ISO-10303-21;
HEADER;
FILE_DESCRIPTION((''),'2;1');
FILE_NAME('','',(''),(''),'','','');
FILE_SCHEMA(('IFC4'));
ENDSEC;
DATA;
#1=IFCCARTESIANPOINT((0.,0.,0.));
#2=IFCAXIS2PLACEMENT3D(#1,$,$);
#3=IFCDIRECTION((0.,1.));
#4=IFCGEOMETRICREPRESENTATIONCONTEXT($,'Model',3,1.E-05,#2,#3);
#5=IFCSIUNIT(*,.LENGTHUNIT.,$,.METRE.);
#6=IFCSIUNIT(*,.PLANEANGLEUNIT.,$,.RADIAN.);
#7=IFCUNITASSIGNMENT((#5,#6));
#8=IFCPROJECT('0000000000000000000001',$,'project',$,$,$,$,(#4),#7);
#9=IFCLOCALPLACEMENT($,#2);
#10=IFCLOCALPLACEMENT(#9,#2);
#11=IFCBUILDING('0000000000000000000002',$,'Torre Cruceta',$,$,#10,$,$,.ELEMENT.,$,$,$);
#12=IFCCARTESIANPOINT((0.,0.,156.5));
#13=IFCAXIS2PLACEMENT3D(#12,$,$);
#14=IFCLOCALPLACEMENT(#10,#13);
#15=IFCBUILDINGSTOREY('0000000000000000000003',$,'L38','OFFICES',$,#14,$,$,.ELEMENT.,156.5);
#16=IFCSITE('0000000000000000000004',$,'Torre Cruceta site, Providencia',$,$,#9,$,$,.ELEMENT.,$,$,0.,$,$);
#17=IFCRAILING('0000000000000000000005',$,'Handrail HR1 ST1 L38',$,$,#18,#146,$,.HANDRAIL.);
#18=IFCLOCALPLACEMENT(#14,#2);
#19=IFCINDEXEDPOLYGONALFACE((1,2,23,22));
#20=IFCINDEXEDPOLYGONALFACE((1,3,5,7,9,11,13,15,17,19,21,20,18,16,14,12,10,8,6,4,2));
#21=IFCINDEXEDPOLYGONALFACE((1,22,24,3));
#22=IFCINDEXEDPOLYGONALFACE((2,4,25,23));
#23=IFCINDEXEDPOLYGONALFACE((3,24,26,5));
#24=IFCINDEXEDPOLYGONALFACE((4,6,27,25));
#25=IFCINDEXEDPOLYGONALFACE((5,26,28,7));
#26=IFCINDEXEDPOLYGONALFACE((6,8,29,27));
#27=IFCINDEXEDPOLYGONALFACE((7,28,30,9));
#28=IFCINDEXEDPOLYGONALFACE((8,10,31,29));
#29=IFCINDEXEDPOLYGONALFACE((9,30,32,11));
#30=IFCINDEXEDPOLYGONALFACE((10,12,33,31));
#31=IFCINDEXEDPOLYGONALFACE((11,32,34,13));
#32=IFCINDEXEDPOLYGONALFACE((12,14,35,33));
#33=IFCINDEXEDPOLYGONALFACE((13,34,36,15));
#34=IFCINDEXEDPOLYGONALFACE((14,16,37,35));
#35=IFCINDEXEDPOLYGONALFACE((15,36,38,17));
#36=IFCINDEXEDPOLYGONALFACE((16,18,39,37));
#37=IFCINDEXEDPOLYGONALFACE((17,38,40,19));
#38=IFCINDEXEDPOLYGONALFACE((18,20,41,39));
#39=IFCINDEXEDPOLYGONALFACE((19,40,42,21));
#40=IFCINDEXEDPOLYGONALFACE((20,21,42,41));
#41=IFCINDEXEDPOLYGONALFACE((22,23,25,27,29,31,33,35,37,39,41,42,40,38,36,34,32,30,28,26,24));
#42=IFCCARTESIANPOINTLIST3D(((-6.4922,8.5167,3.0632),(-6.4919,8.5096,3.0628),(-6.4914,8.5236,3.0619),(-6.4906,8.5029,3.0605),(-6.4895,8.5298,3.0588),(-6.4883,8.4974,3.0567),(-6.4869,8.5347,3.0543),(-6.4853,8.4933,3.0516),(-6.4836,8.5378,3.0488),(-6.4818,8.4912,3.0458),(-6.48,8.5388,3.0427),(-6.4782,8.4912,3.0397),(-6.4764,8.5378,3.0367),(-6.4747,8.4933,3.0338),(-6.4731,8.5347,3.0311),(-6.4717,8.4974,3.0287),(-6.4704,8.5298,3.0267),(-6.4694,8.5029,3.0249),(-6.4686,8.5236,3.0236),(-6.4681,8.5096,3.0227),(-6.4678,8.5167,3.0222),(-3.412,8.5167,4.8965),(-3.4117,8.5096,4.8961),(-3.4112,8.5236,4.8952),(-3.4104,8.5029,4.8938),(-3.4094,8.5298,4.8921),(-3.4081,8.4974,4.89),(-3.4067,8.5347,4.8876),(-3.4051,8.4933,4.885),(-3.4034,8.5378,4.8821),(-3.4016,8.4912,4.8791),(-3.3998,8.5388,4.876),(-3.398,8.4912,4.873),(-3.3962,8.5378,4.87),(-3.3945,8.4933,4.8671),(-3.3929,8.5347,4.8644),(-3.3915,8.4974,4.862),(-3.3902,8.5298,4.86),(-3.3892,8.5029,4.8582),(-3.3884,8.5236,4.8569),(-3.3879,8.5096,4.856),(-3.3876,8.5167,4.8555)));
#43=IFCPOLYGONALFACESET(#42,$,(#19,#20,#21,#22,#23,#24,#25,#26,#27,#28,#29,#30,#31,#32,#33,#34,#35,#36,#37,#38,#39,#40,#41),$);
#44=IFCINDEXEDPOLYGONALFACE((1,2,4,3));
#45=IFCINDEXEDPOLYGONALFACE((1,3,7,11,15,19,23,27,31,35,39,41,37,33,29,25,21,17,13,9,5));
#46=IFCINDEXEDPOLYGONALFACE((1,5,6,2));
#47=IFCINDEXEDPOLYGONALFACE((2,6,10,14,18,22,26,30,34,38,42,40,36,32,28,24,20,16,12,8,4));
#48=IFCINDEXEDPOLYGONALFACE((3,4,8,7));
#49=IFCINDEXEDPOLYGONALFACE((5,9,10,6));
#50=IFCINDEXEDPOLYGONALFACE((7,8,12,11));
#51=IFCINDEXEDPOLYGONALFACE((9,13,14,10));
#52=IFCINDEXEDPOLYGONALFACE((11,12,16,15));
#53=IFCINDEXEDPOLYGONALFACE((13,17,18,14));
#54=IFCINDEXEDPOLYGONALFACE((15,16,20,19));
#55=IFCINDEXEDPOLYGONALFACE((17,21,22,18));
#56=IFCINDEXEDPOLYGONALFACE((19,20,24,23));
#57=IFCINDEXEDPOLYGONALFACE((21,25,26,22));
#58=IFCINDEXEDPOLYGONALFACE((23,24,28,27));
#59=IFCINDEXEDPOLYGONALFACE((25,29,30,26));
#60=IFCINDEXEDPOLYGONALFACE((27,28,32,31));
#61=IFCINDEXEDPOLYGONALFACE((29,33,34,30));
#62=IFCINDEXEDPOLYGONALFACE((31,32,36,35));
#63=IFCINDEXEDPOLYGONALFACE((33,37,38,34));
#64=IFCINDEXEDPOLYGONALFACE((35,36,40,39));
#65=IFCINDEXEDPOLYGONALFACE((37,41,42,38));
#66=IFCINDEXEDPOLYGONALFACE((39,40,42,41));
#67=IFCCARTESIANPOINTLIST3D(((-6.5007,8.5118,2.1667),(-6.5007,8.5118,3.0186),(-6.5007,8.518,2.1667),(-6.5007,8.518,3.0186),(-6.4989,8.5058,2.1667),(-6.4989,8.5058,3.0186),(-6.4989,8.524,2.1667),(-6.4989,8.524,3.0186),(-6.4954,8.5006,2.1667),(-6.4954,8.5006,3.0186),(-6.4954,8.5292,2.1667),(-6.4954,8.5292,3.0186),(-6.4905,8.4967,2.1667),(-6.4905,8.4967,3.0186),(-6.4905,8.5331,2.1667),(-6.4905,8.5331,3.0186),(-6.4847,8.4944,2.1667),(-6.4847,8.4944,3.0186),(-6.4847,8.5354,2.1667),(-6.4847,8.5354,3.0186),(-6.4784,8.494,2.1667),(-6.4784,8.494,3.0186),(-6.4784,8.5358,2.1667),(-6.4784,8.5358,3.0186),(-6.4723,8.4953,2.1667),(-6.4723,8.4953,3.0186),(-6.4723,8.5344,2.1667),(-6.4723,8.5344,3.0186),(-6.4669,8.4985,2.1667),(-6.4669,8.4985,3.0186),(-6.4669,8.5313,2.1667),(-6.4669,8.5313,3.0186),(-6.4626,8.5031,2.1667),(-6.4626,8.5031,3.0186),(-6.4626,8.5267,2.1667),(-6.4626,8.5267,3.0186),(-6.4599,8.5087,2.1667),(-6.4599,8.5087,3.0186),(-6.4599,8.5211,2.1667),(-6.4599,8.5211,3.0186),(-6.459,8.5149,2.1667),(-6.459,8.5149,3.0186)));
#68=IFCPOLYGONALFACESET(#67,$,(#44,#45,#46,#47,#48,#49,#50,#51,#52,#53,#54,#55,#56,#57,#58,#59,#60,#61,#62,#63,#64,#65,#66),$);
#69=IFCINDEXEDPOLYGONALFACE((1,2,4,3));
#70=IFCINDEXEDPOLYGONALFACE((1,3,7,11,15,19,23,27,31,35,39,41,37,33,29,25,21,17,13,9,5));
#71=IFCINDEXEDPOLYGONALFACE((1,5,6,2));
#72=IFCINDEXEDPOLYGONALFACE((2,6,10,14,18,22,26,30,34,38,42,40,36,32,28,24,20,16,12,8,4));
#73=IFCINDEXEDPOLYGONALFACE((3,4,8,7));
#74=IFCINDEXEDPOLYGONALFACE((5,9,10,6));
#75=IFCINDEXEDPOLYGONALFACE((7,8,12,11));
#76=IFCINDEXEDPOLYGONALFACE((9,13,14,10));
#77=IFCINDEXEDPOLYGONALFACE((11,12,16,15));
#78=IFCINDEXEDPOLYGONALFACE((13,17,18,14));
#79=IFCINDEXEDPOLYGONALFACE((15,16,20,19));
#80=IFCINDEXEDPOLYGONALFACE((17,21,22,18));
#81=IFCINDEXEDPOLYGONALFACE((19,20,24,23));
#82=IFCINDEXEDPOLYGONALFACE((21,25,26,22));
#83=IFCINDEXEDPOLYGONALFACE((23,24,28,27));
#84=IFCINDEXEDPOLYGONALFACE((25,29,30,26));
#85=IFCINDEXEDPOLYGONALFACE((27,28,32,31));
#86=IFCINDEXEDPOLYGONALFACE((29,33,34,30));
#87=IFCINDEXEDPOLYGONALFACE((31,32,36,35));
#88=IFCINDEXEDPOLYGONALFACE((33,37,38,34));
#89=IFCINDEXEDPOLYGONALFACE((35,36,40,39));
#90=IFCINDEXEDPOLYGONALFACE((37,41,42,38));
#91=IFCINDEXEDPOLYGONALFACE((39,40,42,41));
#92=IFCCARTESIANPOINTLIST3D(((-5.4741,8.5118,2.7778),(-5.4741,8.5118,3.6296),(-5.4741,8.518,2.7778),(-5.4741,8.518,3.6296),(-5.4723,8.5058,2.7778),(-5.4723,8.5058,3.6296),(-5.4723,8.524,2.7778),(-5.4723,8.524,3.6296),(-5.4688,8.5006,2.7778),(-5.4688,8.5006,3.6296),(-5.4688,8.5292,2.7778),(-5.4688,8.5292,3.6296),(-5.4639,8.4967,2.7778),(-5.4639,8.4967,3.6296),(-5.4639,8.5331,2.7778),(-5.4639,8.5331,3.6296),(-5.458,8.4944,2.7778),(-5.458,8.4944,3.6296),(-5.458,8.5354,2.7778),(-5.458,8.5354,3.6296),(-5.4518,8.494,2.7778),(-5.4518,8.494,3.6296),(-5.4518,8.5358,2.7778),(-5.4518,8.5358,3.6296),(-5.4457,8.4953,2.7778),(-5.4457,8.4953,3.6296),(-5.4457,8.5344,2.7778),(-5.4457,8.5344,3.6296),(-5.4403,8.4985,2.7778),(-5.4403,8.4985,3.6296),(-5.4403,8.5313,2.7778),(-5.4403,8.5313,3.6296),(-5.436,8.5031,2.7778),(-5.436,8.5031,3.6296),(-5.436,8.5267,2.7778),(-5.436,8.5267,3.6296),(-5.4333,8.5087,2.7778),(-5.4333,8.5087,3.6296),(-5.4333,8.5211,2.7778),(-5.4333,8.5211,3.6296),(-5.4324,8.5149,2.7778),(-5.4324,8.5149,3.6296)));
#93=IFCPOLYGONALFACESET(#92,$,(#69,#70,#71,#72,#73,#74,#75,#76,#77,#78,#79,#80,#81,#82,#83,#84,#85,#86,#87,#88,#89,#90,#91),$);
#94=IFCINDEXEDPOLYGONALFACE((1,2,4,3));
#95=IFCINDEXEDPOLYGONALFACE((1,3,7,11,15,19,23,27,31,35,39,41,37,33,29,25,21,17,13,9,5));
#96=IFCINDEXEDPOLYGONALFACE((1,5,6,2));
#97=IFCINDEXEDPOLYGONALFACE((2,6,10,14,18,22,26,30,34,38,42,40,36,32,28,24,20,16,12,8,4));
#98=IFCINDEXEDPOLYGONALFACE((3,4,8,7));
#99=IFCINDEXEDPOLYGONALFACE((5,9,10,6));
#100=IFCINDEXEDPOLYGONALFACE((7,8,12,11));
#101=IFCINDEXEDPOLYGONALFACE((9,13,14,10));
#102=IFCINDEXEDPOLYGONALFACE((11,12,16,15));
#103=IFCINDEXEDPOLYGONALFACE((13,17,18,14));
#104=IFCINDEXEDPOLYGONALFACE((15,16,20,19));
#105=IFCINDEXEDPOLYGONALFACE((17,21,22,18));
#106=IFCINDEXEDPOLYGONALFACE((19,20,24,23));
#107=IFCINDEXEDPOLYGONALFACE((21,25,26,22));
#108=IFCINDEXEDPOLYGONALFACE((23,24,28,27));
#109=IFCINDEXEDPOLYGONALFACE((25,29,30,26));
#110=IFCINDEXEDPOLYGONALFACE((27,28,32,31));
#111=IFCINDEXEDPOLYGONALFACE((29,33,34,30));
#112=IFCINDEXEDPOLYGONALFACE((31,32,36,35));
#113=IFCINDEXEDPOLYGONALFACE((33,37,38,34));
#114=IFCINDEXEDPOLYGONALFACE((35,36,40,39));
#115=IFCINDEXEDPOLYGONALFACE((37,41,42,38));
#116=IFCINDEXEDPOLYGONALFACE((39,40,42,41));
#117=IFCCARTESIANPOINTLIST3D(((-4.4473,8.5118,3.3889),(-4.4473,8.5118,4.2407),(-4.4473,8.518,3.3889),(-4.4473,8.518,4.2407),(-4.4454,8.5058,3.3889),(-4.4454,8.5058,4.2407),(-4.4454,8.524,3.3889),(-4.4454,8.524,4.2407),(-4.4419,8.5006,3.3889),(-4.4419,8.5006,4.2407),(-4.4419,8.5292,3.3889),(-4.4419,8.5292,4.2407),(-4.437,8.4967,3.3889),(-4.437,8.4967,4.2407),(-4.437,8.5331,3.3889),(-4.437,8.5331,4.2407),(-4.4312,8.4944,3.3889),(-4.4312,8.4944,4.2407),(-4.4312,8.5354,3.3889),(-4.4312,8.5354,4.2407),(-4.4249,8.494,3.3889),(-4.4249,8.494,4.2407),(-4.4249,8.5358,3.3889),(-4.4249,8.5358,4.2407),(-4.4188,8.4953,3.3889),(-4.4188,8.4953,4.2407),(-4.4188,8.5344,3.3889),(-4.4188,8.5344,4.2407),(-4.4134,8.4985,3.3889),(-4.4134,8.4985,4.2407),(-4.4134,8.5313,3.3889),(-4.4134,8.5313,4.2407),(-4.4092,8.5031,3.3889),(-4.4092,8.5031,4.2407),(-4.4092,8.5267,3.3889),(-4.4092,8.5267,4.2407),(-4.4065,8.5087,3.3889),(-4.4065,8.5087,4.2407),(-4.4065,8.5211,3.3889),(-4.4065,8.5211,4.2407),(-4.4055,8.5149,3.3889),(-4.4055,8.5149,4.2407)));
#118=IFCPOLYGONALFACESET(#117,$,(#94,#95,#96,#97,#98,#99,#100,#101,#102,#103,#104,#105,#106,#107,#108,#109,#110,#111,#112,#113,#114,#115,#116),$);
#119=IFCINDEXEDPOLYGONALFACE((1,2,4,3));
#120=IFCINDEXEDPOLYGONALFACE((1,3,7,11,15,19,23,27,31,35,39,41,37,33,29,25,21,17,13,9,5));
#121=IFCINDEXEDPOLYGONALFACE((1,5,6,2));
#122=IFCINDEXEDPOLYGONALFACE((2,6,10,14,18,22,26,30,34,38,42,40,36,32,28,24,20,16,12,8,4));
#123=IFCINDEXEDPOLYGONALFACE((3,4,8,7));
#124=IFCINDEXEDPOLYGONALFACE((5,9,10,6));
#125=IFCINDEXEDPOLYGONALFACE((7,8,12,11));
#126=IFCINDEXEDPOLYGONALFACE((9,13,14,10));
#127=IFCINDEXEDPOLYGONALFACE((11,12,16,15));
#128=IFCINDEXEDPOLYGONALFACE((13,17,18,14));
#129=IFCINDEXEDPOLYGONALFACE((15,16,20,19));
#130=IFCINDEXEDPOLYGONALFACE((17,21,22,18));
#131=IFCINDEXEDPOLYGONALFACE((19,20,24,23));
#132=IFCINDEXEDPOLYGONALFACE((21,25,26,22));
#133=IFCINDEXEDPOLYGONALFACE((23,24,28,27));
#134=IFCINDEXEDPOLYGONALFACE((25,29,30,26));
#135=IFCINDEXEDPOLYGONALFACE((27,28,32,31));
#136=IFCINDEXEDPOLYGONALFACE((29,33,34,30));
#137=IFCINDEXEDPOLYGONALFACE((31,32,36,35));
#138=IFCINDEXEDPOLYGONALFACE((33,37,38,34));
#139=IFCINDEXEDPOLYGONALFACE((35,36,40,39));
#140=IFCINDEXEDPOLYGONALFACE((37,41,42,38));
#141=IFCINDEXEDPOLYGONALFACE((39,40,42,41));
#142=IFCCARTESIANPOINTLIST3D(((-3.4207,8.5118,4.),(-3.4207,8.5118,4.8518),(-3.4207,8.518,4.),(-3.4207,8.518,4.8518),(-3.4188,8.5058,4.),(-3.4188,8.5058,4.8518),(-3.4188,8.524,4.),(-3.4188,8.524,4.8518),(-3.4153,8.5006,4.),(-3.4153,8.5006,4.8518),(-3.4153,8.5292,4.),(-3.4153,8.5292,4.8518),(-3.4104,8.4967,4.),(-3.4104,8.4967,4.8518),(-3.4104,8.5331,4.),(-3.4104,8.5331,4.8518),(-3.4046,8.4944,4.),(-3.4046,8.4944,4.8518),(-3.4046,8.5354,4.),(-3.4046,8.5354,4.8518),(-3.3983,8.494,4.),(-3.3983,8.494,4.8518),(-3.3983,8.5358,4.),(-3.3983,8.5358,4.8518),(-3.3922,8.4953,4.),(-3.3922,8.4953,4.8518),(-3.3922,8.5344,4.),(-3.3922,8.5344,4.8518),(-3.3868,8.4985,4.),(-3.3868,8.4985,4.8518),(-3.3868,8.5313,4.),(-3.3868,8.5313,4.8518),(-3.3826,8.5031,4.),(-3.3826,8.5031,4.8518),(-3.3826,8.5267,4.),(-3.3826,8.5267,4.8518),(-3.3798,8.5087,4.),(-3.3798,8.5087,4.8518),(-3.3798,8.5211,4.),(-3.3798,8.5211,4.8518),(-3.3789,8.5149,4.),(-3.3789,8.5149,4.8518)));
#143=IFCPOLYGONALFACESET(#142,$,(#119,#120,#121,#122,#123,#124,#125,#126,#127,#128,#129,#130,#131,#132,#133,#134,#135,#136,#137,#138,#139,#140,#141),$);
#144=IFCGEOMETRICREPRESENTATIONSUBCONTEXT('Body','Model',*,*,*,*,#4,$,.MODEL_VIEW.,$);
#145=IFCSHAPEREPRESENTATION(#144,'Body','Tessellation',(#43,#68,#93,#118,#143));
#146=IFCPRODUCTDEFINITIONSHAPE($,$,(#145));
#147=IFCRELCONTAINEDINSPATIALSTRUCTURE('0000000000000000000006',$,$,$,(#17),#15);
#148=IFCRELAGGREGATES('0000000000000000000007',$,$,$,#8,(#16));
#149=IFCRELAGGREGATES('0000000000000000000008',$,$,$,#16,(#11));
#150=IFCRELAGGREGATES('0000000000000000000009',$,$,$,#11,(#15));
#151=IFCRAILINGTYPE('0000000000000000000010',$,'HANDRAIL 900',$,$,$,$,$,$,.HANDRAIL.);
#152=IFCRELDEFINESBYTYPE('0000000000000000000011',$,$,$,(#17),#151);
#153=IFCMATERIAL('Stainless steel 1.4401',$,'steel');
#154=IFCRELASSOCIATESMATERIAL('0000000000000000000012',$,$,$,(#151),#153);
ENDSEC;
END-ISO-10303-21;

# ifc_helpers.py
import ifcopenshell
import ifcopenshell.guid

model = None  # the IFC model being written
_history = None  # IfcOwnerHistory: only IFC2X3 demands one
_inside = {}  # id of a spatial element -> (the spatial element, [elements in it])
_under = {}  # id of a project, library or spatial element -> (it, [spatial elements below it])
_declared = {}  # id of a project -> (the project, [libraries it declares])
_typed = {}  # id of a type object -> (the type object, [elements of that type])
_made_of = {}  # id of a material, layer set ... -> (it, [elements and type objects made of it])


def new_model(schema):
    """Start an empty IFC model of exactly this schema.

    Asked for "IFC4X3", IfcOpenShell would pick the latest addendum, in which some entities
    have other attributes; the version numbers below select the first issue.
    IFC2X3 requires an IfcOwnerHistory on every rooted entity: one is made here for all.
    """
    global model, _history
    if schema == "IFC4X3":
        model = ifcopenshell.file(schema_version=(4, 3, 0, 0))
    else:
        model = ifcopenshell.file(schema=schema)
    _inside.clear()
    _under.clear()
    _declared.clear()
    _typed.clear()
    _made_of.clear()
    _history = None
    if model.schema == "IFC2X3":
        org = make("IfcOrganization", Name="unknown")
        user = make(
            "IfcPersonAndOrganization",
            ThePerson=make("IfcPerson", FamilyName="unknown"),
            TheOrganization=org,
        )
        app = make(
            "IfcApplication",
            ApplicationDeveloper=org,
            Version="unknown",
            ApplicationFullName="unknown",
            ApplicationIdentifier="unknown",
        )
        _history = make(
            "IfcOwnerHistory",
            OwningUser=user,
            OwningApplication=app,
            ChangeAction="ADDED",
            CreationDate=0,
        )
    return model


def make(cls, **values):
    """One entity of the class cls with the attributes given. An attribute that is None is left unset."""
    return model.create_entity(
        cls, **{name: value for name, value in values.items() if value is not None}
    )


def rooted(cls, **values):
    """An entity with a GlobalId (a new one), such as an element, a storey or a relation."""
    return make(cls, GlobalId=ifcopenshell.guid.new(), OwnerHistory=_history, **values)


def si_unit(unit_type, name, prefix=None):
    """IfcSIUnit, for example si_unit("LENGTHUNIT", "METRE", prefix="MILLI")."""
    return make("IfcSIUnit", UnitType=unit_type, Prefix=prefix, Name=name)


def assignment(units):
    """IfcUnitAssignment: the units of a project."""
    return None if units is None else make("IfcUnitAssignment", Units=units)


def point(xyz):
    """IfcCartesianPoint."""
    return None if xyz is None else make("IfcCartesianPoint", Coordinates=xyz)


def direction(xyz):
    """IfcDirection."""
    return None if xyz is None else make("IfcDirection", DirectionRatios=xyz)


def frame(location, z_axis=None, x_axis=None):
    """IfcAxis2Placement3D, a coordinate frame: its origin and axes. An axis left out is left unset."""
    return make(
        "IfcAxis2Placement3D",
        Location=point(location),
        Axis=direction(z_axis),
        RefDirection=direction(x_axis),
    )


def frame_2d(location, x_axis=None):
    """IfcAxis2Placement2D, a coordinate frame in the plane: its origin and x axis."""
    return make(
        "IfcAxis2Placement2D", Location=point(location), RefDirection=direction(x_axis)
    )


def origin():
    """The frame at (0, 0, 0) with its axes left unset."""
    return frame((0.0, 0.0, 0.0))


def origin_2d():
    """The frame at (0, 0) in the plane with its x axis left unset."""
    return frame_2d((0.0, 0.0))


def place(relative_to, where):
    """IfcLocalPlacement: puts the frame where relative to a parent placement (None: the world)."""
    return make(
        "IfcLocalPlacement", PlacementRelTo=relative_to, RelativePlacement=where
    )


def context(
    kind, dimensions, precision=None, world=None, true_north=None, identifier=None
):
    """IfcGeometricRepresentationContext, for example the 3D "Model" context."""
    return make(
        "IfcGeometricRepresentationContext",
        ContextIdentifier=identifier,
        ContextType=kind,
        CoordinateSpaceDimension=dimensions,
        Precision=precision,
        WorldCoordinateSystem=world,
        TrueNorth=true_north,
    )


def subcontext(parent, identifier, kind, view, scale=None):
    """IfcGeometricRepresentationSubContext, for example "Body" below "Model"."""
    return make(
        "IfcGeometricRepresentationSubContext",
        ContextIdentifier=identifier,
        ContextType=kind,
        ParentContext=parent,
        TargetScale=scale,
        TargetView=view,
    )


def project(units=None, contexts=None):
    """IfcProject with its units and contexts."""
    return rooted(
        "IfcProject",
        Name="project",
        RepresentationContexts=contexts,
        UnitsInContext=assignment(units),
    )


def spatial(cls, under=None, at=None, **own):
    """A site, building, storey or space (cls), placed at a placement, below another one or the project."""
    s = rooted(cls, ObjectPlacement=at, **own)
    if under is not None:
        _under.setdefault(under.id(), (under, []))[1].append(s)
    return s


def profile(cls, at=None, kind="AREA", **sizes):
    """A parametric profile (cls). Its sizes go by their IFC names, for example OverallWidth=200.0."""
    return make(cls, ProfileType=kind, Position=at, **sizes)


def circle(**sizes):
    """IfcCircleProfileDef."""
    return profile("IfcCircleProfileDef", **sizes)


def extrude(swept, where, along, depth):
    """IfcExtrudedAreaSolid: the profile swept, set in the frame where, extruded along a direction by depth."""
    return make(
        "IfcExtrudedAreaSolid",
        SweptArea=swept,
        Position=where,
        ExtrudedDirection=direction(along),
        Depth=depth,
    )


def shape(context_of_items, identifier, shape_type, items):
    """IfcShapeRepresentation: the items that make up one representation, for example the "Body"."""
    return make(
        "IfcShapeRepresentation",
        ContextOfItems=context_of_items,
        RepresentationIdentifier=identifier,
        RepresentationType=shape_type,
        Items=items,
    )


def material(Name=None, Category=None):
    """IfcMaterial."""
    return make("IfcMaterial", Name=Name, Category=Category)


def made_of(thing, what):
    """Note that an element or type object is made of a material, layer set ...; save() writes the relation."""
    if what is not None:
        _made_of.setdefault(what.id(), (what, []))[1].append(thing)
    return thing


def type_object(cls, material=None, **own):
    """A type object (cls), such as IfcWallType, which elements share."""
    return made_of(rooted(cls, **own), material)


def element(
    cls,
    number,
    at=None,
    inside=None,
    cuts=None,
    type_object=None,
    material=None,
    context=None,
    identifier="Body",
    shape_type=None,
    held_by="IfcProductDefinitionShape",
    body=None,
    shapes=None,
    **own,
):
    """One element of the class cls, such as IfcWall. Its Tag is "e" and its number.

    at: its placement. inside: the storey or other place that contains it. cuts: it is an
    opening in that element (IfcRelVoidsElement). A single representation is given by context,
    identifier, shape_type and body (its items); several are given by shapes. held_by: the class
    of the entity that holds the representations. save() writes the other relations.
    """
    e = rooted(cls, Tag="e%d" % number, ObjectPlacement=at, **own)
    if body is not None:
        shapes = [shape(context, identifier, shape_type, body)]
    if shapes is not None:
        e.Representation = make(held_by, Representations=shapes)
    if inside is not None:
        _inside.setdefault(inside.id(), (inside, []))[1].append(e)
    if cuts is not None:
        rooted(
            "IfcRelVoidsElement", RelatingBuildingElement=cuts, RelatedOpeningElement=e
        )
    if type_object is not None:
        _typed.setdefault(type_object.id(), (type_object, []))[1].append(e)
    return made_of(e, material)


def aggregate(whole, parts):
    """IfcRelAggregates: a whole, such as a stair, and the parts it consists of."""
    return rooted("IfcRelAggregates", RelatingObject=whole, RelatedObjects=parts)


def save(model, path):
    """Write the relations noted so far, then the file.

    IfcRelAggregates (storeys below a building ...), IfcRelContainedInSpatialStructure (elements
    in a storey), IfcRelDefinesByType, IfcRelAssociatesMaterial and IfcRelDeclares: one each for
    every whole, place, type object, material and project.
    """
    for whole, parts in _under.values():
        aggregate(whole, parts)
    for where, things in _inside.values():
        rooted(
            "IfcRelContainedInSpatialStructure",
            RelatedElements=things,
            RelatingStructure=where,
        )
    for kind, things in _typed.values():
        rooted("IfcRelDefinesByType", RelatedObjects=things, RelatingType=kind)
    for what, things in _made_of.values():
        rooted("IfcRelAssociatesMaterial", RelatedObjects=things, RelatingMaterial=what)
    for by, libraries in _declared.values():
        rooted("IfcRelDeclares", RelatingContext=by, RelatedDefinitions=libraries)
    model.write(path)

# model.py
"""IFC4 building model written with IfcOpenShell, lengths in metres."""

from ifc_helpers import new_model, si_unit, direction, frame, origin, origin_2d, place, context, subcontext, project, spatial, circle, extrude, material, type_object, element, save


model = new_model("IFC4")

# Units and contexts
model_context = context("Model", 3, precision=1e-05, world=origin(), true_north=direction((0.0, 1.0)))
body_context = subcontext(model_context, "Body", "Model", "MODEL_VIEW")
ifc_project = project(units=[si_unit("LENGTHUNIT", "METRE"), si_unit("PLANEANGLEUNIT", "RADIAN")], contexts=[model_context])

# Site, building, storey
site_placement = place(None, origin())
site = spatial("IfcSite", under=ifc_project, at=site_placement, Name="Torre Cruceta site, Providencia", CompositionType="ELEMENT", RefElevation=0.0)
building_placement = place(site_placement, origin())
building = spatial("IfcBuilding", under=site, at=building_placement, Name="Torre Cruceta", CompositionType="ELEMENT")
storey_placement = place(building_placement, frame((0.0, 0.0, 156.5)))
storey = spatial("IfcBuildingStorey", under=building, at=storey_placement, Name="L38", Description="OFFICES", CompositionType="ELEMENT", Elevation=156.5)

# Railing
ifc_material_1 = material(Name="Stainless steel 1.4401", Category="steel")
railing_type = type_object("IfcRailingType", Name="HANDRAIL 900", PredefinedType="HANDRAIL", material=ifc_material_1)
railing_placement = place(storey_placement, frame((-6.48, 8.5149, 2.1667)))
element("IfcRailing", 1, at=railing_placement, inside=storey, type_object=railing_type, Name="Handrail HR1 ST1 L38", PredefinedType="HANDRAIL", context=body_context, shape_type="SweptSolid", body=[
    extrude(circle(Radius=0.0239, at=origin_2d()), frame((0.0, 0.0, 0.876), z_axis=(0.859309, 0.0, 0.511458), x_axis=(0.0, 1.0, 0.0)), (0.0, 0.0, 1.0), 3.5845),
    extrude(circle(Radius=0.021, at=origin_2d()), origin(), (0.0, 0.0, 1.0), 0.8518),
    extrude(circle(Radius=0.021, at=origin_2d()), frame((1.0266, 0.0, 0.6111)), (0.0, 0.0, 1.0), 0.8518),
    extrude(circle(Radius=0.021, at=origin_2d()), frame((2.0535, 0.0, 1.2222)), (0.0, 0.0, 1.0), 0.8518),
    extrude(circle(Radius=0.021, at=origin_2d()), frame((3.0801, 0.0, 1.8333)), (0.0, 0.0, 1.0), 0.8518),
])

save(model, "model.ifc")
